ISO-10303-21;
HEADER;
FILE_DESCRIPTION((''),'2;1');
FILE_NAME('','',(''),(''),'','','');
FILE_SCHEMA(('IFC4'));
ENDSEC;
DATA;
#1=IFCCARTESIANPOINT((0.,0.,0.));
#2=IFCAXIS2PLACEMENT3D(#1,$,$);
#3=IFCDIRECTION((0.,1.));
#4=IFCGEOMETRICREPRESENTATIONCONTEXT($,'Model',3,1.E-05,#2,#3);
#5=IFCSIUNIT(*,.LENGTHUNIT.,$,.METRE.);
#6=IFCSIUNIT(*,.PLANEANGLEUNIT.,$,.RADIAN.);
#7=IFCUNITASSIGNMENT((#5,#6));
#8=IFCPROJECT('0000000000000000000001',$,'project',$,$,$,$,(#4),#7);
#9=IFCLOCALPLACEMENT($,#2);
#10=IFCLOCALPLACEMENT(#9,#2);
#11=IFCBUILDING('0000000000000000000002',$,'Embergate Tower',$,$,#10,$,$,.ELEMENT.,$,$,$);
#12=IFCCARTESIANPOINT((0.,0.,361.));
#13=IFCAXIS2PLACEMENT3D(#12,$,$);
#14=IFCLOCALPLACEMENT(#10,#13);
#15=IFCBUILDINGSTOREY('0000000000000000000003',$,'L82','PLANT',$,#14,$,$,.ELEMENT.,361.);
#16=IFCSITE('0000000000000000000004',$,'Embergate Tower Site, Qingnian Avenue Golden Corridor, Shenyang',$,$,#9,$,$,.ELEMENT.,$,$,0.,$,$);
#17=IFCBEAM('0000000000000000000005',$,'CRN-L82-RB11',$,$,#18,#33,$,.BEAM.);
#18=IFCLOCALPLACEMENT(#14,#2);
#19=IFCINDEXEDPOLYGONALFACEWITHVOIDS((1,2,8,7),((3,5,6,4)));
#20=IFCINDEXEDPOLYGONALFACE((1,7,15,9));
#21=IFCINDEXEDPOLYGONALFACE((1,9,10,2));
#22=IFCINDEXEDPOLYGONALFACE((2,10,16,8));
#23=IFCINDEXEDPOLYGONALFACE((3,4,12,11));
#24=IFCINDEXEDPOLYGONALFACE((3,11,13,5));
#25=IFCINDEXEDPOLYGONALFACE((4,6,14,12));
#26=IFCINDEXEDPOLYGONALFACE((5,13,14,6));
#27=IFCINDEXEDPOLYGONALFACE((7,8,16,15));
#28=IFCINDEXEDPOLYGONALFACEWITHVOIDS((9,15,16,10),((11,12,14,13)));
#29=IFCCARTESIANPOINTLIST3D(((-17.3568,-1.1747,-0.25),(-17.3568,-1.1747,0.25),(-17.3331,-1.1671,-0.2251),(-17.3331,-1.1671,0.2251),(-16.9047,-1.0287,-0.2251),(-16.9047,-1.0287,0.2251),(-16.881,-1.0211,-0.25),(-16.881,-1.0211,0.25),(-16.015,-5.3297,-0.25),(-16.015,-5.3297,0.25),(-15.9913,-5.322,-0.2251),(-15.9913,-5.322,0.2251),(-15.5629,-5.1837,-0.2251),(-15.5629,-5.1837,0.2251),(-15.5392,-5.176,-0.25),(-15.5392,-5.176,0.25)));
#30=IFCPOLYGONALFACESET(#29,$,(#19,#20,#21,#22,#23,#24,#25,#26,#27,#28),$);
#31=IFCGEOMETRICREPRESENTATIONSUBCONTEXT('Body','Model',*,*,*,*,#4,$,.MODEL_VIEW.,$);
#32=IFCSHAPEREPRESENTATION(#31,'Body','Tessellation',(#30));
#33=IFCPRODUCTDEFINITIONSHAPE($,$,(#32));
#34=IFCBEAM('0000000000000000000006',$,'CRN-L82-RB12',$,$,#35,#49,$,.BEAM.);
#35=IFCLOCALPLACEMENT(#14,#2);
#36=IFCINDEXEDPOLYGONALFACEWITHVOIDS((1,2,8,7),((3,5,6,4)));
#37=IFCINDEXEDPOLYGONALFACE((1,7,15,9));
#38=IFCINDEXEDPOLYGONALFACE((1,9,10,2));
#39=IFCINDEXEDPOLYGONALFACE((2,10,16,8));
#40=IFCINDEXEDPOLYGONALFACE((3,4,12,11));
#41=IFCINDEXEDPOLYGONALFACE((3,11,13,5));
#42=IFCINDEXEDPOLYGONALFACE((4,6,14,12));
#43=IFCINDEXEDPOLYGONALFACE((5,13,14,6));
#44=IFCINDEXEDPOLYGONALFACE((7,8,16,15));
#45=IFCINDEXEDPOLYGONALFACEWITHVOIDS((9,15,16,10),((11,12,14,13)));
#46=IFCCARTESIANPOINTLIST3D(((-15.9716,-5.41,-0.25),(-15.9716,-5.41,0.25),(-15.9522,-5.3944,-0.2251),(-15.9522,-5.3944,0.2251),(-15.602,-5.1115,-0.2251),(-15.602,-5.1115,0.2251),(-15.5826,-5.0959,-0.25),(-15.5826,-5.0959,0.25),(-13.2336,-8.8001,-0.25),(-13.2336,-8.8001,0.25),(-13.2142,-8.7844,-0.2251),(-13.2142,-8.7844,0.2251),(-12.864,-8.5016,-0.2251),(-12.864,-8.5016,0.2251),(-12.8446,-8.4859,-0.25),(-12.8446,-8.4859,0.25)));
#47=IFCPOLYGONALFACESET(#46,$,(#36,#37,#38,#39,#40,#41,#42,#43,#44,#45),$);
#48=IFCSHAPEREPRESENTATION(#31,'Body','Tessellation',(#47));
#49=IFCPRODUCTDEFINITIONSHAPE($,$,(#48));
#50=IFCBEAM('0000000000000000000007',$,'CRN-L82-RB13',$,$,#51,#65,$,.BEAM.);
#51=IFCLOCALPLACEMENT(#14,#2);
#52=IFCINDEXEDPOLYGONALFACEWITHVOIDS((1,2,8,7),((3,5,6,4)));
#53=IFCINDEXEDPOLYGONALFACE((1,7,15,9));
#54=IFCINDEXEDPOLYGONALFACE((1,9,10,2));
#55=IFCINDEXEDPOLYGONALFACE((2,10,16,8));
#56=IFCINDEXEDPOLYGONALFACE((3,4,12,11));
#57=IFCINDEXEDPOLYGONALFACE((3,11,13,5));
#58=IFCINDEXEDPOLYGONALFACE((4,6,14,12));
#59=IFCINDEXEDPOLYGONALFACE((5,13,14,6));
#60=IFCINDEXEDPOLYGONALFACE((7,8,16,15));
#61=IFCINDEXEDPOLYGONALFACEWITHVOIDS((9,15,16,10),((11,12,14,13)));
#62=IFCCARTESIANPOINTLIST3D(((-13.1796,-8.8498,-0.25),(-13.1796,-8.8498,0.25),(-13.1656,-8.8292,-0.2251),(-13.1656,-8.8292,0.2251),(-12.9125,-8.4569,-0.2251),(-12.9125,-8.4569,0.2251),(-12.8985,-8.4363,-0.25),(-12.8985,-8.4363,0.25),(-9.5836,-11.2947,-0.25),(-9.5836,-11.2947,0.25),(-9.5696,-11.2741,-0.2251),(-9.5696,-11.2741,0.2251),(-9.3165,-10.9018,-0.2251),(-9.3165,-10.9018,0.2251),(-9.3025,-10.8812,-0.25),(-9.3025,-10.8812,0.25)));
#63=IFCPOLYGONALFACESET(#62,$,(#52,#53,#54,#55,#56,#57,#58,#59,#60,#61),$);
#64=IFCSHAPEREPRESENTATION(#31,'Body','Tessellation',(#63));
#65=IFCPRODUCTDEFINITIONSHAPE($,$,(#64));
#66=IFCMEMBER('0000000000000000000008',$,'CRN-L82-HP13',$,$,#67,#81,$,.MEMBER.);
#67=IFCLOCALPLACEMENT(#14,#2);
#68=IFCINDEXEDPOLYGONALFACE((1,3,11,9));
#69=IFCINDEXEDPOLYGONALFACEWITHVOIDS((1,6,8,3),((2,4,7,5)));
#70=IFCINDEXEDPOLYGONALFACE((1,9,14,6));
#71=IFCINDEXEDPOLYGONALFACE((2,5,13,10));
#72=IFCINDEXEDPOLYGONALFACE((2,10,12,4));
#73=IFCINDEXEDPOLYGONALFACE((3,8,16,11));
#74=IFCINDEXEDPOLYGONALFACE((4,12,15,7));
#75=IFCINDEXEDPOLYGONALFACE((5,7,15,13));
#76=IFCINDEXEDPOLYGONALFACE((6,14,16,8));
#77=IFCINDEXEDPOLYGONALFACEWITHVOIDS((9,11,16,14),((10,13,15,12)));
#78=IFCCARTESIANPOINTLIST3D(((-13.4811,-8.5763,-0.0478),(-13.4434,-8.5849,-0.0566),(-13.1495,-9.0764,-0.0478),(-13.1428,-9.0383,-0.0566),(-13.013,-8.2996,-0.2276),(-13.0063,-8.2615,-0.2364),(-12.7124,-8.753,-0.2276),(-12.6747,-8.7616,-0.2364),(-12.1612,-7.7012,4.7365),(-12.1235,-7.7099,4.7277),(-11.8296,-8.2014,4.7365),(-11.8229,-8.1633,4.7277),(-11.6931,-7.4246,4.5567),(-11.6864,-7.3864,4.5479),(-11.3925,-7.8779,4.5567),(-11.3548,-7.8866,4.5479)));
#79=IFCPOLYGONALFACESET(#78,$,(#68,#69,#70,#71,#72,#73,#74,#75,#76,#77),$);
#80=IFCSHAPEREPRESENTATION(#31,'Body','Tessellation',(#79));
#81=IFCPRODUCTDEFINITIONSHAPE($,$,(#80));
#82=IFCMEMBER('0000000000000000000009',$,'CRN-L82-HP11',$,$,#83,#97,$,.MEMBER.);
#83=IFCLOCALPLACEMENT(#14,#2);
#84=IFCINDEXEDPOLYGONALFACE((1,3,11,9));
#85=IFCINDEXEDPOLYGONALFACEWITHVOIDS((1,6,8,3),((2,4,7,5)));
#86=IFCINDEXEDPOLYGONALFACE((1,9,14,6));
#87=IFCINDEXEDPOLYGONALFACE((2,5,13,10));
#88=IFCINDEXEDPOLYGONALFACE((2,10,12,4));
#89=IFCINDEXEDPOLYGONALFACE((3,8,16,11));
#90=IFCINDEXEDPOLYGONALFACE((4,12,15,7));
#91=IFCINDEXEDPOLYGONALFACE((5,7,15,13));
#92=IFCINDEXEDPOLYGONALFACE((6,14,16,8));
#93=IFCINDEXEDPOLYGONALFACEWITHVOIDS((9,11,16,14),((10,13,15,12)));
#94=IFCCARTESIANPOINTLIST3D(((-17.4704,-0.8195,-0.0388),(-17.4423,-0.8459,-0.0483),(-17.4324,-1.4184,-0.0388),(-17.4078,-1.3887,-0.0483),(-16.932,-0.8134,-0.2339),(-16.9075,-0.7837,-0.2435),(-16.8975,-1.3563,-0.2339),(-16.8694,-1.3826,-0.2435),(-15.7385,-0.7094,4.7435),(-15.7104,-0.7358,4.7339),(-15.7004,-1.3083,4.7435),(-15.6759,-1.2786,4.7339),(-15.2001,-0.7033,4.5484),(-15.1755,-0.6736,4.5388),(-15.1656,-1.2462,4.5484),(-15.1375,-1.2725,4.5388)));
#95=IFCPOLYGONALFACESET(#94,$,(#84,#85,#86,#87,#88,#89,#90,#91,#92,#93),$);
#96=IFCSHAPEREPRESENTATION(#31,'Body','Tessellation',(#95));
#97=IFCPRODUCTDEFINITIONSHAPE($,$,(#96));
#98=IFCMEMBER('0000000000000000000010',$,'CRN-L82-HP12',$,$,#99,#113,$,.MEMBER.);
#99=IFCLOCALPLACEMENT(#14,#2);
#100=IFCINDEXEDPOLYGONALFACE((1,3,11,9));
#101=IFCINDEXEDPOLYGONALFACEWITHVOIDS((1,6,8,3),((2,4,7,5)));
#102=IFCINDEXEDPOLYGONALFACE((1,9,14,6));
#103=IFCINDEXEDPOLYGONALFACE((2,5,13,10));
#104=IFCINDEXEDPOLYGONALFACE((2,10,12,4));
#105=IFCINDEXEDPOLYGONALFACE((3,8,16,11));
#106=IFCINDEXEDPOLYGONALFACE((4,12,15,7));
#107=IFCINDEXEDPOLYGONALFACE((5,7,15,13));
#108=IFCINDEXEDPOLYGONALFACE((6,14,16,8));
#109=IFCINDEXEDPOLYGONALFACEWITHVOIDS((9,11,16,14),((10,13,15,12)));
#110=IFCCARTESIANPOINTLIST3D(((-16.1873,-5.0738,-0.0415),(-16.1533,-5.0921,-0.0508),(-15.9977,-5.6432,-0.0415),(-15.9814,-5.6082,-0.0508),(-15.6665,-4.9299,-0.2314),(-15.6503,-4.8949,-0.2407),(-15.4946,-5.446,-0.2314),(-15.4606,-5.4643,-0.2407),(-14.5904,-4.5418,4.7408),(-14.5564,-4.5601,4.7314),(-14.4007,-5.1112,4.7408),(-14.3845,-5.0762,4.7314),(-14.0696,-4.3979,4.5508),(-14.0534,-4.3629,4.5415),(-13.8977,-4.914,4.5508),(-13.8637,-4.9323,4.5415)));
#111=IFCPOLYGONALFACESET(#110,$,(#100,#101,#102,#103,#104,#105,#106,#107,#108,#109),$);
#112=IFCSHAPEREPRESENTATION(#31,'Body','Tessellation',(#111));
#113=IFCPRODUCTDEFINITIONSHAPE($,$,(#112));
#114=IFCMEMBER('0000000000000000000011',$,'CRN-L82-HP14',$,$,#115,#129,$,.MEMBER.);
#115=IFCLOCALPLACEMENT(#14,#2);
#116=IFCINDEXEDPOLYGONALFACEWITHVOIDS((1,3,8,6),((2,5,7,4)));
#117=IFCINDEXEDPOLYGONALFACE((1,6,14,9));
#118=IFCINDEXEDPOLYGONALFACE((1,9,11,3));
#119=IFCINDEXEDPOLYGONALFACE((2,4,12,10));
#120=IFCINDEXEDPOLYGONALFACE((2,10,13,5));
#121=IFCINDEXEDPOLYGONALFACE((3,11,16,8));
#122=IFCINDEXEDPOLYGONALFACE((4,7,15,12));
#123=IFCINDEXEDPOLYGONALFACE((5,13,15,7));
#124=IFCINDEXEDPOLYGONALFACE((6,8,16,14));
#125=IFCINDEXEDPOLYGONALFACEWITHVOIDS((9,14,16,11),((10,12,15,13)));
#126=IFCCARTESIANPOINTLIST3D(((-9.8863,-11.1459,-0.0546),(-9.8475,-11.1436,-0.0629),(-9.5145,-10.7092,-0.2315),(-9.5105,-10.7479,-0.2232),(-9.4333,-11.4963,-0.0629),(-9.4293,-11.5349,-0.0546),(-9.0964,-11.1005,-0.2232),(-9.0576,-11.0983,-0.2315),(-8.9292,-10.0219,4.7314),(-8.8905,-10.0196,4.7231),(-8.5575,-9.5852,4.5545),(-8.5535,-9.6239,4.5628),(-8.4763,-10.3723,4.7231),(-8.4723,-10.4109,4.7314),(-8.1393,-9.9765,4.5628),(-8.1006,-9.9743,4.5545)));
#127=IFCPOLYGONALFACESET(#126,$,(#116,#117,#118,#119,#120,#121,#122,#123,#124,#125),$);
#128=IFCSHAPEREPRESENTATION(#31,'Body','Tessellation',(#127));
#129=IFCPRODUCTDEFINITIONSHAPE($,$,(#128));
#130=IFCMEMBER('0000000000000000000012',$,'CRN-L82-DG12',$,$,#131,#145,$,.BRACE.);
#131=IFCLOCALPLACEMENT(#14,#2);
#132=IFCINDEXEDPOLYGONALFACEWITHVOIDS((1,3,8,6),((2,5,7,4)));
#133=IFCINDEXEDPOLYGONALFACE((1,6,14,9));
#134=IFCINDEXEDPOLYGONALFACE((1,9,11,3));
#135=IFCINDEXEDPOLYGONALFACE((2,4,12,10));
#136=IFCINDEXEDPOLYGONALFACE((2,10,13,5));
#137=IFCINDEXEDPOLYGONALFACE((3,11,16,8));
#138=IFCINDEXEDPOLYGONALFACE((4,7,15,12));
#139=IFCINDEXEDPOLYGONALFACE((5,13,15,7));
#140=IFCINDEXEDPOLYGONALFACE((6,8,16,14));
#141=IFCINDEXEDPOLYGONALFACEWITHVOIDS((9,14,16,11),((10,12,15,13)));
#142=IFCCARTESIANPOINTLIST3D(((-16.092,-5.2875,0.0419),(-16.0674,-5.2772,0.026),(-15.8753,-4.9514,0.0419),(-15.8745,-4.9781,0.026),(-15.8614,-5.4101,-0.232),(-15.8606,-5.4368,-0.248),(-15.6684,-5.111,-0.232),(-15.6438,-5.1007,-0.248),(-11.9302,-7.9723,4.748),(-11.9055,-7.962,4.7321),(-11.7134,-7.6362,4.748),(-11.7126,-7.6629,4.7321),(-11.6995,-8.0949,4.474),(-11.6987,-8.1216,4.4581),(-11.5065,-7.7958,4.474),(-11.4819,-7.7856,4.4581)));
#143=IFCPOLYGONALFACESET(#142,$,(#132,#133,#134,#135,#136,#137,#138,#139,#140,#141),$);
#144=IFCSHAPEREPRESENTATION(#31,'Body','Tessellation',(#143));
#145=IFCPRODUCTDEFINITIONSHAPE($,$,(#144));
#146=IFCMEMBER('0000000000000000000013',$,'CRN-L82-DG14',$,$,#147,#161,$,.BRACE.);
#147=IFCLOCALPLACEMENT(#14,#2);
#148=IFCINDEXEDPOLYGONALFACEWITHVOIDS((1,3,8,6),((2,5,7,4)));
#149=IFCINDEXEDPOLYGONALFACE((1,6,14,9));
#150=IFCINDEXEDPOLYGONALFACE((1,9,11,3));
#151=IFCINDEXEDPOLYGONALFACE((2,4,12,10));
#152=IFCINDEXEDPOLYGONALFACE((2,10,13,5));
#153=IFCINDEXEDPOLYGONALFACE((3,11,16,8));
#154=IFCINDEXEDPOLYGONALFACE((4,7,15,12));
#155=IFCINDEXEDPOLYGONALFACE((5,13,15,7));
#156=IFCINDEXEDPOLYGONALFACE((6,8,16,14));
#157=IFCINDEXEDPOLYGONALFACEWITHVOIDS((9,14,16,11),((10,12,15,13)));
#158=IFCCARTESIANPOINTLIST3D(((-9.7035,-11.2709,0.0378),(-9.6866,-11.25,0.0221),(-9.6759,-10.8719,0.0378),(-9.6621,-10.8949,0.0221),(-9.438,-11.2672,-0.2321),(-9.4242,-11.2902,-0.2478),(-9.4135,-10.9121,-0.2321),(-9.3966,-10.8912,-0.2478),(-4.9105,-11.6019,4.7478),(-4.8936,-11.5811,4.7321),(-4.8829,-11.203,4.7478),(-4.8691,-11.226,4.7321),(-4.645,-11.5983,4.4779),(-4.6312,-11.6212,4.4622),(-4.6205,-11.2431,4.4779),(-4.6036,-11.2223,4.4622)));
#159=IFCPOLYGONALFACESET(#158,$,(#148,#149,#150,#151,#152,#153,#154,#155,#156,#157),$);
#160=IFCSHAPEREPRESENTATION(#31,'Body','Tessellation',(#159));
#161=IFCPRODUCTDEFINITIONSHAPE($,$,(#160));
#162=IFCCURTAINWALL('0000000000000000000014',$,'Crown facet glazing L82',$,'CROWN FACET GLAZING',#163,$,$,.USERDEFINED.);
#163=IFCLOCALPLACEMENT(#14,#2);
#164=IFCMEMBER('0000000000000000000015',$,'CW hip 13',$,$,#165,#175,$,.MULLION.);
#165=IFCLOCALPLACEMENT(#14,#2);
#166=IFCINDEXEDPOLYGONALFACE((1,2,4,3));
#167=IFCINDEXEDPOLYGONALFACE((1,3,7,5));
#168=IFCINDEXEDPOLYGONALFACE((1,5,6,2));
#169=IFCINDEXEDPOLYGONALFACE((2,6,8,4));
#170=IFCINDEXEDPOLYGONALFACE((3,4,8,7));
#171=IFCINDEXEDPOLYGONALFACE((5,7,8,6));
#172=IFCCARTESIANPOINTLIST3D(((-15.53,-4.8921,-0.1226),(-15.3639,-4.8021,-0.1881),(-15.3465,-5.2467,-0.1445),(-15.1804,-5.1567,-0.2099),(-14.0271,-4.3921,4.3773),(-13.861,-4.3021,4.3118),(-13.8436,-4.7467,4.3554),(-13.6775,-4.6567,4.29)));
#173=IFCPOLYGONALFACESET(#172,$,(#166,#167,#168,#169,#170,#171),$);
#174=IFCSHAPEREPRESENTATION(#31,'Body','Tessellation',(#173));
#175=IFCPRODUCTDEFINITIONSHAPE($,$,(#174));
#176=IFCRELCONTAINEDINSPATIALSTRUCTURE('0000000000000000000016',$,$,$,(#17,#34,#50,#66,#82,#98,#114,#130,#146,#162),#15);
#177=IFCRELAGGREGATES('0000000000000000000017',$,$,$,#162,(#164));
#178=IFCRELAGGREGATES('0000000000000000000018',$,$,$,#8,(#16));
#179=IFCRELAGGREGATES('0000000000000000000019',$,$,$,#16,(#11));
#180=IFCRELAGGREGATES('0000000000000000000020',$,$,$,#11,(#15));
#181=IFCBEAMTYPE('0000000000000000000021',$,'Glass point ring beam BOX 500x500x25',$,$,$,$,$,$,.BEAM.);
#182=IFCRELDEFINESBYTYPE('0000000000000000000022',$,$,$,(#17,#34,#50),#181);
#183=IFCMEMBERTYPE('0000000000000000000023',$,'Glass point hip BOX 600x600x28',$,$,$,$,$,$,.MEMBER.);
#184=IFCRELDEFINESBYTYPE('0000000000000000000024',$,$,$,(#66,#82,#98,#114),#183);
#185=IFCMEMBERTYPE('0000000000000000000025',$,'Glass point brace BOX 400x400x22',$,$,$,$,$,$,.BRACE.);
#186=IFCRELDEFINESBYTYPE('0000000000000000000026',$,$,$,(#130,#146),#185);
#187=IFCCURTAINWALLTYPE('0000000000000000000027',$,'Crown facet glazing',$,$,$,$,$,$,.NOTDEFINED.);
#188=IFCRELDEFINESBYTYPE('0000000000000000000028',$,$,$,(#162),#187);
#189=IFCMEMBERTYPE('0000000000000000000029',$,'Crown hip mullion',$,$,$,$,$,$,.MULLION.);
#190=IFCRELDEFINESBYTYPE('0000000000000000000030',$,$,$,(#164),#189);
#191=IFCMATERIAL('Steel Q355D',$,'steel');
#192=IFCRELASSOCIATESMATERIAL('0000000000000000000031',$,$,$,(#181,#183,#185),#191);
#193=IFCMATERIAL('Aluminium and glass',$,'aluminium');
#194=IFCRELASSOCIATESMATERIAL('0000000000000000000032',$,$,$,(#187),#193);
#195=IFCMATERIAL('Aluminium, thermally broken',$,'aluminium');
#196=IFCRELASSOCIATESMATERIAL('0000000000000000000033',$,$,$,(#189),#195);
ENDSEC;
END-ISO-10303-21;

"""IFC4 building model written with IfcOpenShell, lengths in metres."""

from ifc_helpers import new_model, si_unit, direction, frame, origin, origin_2d, place, context, subcontext, project, spatial, rectangle, hollow_rectangle, extrude, source, transform, mapped, material, material_profile, profile_set, type_object, element, aggregate, save


model = new_model("IFC4")

# Units and contexts
model_context = context("Model", 3, precision=1e-05, world=origin(), true_north=direction((0.0, 1.0)))
body_context = subcontext(model_context, "Body", "Model", "MODEL_VIEW")
ifc_project = project(units=[si_unit("LENGTHUNIT", "METRE"), si_unit("PLANEANGLEUNIT", "RADIAN")], contexts=[model_context])

# Site, building, storey
site_placement = place(None, origin())
site = spatial("IfcSite", under=ifc_project, at=site_placement, Name="Embergate Tower Site, Qingnian Avenue Golden Corridor, Shenyang", CompositionType="ELEMENT", RefElevation=0.0)
building_placement = place(site_placement, origin())
building = spatial("IfcBuilding", under=site, at=building_placement, Name="Embergate Tower", CompositionType="ELEMENT")
storey_placement = place(building_placement, frame((0.0, 0.0, 361.0)))
storey = spatial("IfcBuildingStorey", under=building, at=storey_placement, Name="L82", Description="PLANT", CompositionType="ELEMENT", Elevation=361.0)

# Beams
ifc_material_1 = material(Name="Steel Q355D", Category="steel")
ifc_material_profile_1 = material_profile(ifc_material_1, hollow_rectangle(XDim=0.5, YDim=0.5, WallThickness=0.0249, at=origin_2d()), Name="BOX 500x500x25")
ifc_profile_set_1 = profile_set([ifc_material_profile_1], Name="Steel Q355 grade D")
beam_type = type_object("IfcBeamType", Name="Glass point ring beam BOX 500x500x25", PredefinedType="BEAM", material=ifc_profile_set_1)
shared_shape_1 = source(origin(), body_context, "Body", "SweptSolid", [
    extrude(hollow_rectangle(XDim=0.5, YDim=0.5, WallThickness=0.0249, at=origin_2d()), origin(), (0.0, 0.0, 1.0), 4.3662),
])
beam_1_placement = place(storey_placement, frame((-17.1189, -1.0979, 0.0), z_axis=(0.307307, -0.951611, 0.0), x_axis=(0.951611, 0.307307, 0.0)))
element("IfcBeam", 1, at=beam_1_placement, inside=storey, type_object=beam_type, Name="CRN-L82-RB11", PredefinedType="BEAM", context=body_context, shape_type="MappedRepresentation", body=[
    mapped(shared_shape_1, transform((0.0, 0.0, 0.0))),
])
shared_shape_2 = source(origin(), body_context, "Body", "SweptSolid", [
    extrude(hollow_rectangle(XDim=0.5, YDim=0.5, WallThickness=0.0249, at=origin_2d()), origin(), (0.0, 0.0, 1.0), 4.3577),
])
beam_2_placement = place(storey_placement, frame((-15.7771, -5.2529, 0.0), z_axis=(0.628316, -0.777958, 0.0), x_axis=(0.777958, 0.628316, 0.0)))
element("IfcBeam", 2, at=beam_2_placement, inside=storey, type_object=beam_type, Name="CRN-L82-RB12", PredefinedType="BEAM", context=body_context, shape_type="MappedRepresentation", body=[
    mapped(shared_shape_2, transform((0.0, 0.0, 0.0))),
])
shared_shape_3 = source(origin(), body_context, "Body", "SweptSolid", [
    extrude(hollow_rectangle(XDim=0.5, YDim=0.5, WallThickness=0.0249, at=origin_2d()), origin(), (0.0, 0.0, 1.0), 4.3484),
])
beam_3_placement = place(storey_placement, frame((-13.0391, -8.6431, 0.0), z_axis=(0.826971, -0.562244, 0.0), x_axis=(0.562244, 0.826971, 0.0)))
element("IfcBeam", 3, at=beam_3_placement, inside=storey, type_object=beam_type, Name="CRN-L82-RB13", PredefinedType="BEAM", context=body_context, shape_type="MappedRepresentation", body=[
    mapped(shared_shape_3, transform((0.0, 0.0, 0.0))),
])

# Members
ifc_material_profile_2 = material_profile(ifc_material_1, hollow_rectangle(XDim=0.6001, YDim=0.6001, WallThickness=0.0281, at=origin_2d()), Name="BOX 600x600x28")
ifc_profile_set_2 = profile_set([ifc_material_profile_2], Name="Steel Q355 grade D")
member_type_1 = type_object("IfcMemberType", Name="Glass point hip BOX 600x600x28", PredefinedType="MEMBER", material=ifc_profile_set_2)
shared_shape_4 = source(origin(), body_context, "Body", "SweptSolid", [
    extrude(hollow_rectangle(XDim=0.6001, YDim=0.6001, WallThickness=0.0281, at=origin_2d()), origin(), (0.0, 0.0, 1.0), 5.0396),
])
member_1_placement = place(storey_placement, frame((-13.0779, -8.6689, -0.1421), z_axis=(0.261899, 0.17363, 0.949348), x_axis=(-0.552564, 0.833471, 0.0)))
element("IfcMember", 4, at=member_1_placement, inside=storey, type_object=member_type_1, Name="CRN-L82-HP13", PredefinedType="MEMBER", context=body_context, shape_type="MappedRepresentation", body=[
    mapped(shared_shape_4, transform((0.0, 0.0, 0.0))),
])
shared_shape_5 = source(origin(), body_context, "Body", "SweptSolid", [
    extrude(hollow_rectangle(XDim=0.6001, YDim=0.6001, WallThickness=0.0281, at=origin_2d()), origin(), (0.0, 0.0, 1.0), 5.0874),
])
member_2_placement = place(storey_placement, frame((-17.1699, -1.1011, -0.1411), z_axis=(0.340437, 0.021643, 0.940018), x_axis=(-0.063447, 0.997985, 0.0)))
element("IfcMember", 5, at=member_2_placement, inside=storey, type_object=member_type_1, Name="CRN-L82-HP11", PredefinedType="MEMBER", context=body_context, shape_type="MappedRepresentation", body=[
    mapped(shared_shape_5, transform((0.0, 0.0, 0.0))),
])
shared_shape_6 = source(origin(), body_context, "Body", "SweptSolid", [
    extrude(hollow_rectangle(XDim=0.6001, YDim=0.6001, WallThickness=0.0281, at=origin_2d()), origin(), (0.0, 0.0, 1.0), 5.0698),
])
member_3_placement = place(storey_placement, frame((-15.824, -5.269, -0.1411), z_axis=(0.314988, 0.104932, 0.943277), x_axis=(-0.316054, 0.948741, 0.0)))
element("IfcMember", 6, at=member_3_placement, inside=storey, type_object=member_type_1, Name="CRN-L82-HP12", PredefinedType="MEMBER", context=body_context, shape_type="MappedRepresentation", body=[
    mapped(shared_shape_6, transform((0.0, 0.0, 0.0))),
])
shared_shape_7 = source(origin(), body_context, "Body", "SweptSolid", [
    extrude(hollow_rectangle(XDim=0.6001, YDim=0.6001, WallThickness=0.0281, at=origin_2d()), origin(), (0.0, 0.0, 1.0), 5.0085),
])
member_4_placement = place(storey_placement, frame((-9.4719, -11.1221, -0.1431), z_axis=(0.191076, 0.224417, 0.955577), x_axis=(-0.7614, 0.648282, 0.0)))
element("IfcMember", 7, at=member_4_placement, inside=storey, type_object=member_type_1, Name="CRN-L82-HP14", PredefinedType="MEMBER", context=body_context, shape_type="MappedRepresentation", body=[
    mapped(shared_shape_7, transform((0.0, 0.0, 0.0))),
])
ifc_material_profile_3 = material_profile(ifc_material_1, hollow_rectangle(XDim=0.3999, YDim=0.3999, WallThickness=0.022, at=origin_2d()), Name="BOX 400x400x22")
ifc_profile_set_3 = profile_set([ifc_material_profile_3], Name="Steel Q355 grade D")
member_type_2 = type_object("IfcMemberType", Name="Glass point brace BOX 400x400x22", PredefinedType="BRACE", material=ifc_profile_set_3)
shared_shape_8 = source(origin(), body_context, "Body", "SweptSolid", [
    extrude(hollow_rectangle(XDim=0.3999, YDim=0.3999, WallThickness=0.022, at=origin_2d()), origin(), (0.0, 0.0, 1.0), 6.832),
])
member_5_placement = place(storey_placement, frame((-15.8679, -5.1941, -0.103), z_axis=(0.609172, -0.392976, 0.688825), x_axis=(0.54209, 0.840321, 0.0)))
element("IfcMember", 8, at=member_5_placement, inside=storey, type_object=member_type_2, Name="CRN-L82-DG12", PredefinedType="BRACE", context=body_context, shape_type="MappedRepresentation", body=[
    mapped(shared_shape_8, transform((0.0, 0.0, 0.0))),
])
shared_shape_9 = source(origin(), body_context, "Body", "SweptSolid", [
    extrude(hollow_rectangle(XDim=0.3999, YDim=0.3999, WallThickness=0.022, at=origin_2d()), origin(), (0.0, 0.0, 1.0), 6.728),
])
member_6_placement = place(storey_placement, frame((-9.55, -11.0811, -0.105), z_axis=(0.712392, -0.049206, 0.700054), x_axis=(0.068907, 0.997623, 0.0)))
element("IfcMember", 9, at=member_6_placement, inside=storey, type_object=member_type_2, Name="CRN-L82-DG14", PredefinedType="BRACE", context=body_context, shape_type="MappedRepresentation", body=[
    mapped(shared_shape_9, transform((0.0, 0.0, 0.0))),
])

# Curtain wall, member
ifc_material_2 = material(Name="Aluminium and glass", Category="aluminium")
curtain_wall_type = type_object("IfcCurtainWallType", Name="Crown facet glazing", PredefinedType="NOTDEFINED", material=ifc_material_2)
curtain_wall_placement = place(storey_placement, origin())
curtain_wall = element("IfcCurtainWall", 10, at=curtain_wall_placement, inside=storey, type_object=curtain_wall_type, Name="Crown facet glazing L82", ObjectType="CROWN FACET GLAZING", PredefinedType="USERDEFINED")
ifc_material_3 = material(Name="Aluminium, thermally broken", Category="aluminium")
ifc_material_profile_4 = material_profile(ifc_material_3, rectangle(XDim=0.2, YDim=0.3999, at=origin_2d()), Name="AL 400x200")
ifc_profile_set_4 = profile_set([ifc_material_profile_4], Name="Aluminium, thermally broken")
member_type_3 = type_object("IfcMemberType", Name="Crown hip mullion", PredefinedType="MULLION", material=ifc_profile_set_4)
shared_shape_10 = source(origin(), body_context, "Body", "SweptSolid", [
    extrude(rectangle(XDim=0.2, YDim=0.3999, at=origin_2d()), origin(), (0.0, 0.0, 1.0), 4.7705),
])
member_7_placement = place(storey_placement, frame((-15.3552, -5.0244, -0.1663), z_axis=(0.315039, 0.104808, 0.943274), x_axis=(-0.830751, -0.450127, 0.327472)))
member_7 = element("IfcMember", 11, at=member_7_placement, type_object=member_type_3, Name="CW hip 13", PredefinedType="MULLION", context=body_context, shape_type="MappedRepresentation", body=[
    mapped(shared_shape_10, transform((0.0, 0.0, 0.0))),
])
aggregate(curtain_wall, [member_7])

save(model, "model.ifc")
